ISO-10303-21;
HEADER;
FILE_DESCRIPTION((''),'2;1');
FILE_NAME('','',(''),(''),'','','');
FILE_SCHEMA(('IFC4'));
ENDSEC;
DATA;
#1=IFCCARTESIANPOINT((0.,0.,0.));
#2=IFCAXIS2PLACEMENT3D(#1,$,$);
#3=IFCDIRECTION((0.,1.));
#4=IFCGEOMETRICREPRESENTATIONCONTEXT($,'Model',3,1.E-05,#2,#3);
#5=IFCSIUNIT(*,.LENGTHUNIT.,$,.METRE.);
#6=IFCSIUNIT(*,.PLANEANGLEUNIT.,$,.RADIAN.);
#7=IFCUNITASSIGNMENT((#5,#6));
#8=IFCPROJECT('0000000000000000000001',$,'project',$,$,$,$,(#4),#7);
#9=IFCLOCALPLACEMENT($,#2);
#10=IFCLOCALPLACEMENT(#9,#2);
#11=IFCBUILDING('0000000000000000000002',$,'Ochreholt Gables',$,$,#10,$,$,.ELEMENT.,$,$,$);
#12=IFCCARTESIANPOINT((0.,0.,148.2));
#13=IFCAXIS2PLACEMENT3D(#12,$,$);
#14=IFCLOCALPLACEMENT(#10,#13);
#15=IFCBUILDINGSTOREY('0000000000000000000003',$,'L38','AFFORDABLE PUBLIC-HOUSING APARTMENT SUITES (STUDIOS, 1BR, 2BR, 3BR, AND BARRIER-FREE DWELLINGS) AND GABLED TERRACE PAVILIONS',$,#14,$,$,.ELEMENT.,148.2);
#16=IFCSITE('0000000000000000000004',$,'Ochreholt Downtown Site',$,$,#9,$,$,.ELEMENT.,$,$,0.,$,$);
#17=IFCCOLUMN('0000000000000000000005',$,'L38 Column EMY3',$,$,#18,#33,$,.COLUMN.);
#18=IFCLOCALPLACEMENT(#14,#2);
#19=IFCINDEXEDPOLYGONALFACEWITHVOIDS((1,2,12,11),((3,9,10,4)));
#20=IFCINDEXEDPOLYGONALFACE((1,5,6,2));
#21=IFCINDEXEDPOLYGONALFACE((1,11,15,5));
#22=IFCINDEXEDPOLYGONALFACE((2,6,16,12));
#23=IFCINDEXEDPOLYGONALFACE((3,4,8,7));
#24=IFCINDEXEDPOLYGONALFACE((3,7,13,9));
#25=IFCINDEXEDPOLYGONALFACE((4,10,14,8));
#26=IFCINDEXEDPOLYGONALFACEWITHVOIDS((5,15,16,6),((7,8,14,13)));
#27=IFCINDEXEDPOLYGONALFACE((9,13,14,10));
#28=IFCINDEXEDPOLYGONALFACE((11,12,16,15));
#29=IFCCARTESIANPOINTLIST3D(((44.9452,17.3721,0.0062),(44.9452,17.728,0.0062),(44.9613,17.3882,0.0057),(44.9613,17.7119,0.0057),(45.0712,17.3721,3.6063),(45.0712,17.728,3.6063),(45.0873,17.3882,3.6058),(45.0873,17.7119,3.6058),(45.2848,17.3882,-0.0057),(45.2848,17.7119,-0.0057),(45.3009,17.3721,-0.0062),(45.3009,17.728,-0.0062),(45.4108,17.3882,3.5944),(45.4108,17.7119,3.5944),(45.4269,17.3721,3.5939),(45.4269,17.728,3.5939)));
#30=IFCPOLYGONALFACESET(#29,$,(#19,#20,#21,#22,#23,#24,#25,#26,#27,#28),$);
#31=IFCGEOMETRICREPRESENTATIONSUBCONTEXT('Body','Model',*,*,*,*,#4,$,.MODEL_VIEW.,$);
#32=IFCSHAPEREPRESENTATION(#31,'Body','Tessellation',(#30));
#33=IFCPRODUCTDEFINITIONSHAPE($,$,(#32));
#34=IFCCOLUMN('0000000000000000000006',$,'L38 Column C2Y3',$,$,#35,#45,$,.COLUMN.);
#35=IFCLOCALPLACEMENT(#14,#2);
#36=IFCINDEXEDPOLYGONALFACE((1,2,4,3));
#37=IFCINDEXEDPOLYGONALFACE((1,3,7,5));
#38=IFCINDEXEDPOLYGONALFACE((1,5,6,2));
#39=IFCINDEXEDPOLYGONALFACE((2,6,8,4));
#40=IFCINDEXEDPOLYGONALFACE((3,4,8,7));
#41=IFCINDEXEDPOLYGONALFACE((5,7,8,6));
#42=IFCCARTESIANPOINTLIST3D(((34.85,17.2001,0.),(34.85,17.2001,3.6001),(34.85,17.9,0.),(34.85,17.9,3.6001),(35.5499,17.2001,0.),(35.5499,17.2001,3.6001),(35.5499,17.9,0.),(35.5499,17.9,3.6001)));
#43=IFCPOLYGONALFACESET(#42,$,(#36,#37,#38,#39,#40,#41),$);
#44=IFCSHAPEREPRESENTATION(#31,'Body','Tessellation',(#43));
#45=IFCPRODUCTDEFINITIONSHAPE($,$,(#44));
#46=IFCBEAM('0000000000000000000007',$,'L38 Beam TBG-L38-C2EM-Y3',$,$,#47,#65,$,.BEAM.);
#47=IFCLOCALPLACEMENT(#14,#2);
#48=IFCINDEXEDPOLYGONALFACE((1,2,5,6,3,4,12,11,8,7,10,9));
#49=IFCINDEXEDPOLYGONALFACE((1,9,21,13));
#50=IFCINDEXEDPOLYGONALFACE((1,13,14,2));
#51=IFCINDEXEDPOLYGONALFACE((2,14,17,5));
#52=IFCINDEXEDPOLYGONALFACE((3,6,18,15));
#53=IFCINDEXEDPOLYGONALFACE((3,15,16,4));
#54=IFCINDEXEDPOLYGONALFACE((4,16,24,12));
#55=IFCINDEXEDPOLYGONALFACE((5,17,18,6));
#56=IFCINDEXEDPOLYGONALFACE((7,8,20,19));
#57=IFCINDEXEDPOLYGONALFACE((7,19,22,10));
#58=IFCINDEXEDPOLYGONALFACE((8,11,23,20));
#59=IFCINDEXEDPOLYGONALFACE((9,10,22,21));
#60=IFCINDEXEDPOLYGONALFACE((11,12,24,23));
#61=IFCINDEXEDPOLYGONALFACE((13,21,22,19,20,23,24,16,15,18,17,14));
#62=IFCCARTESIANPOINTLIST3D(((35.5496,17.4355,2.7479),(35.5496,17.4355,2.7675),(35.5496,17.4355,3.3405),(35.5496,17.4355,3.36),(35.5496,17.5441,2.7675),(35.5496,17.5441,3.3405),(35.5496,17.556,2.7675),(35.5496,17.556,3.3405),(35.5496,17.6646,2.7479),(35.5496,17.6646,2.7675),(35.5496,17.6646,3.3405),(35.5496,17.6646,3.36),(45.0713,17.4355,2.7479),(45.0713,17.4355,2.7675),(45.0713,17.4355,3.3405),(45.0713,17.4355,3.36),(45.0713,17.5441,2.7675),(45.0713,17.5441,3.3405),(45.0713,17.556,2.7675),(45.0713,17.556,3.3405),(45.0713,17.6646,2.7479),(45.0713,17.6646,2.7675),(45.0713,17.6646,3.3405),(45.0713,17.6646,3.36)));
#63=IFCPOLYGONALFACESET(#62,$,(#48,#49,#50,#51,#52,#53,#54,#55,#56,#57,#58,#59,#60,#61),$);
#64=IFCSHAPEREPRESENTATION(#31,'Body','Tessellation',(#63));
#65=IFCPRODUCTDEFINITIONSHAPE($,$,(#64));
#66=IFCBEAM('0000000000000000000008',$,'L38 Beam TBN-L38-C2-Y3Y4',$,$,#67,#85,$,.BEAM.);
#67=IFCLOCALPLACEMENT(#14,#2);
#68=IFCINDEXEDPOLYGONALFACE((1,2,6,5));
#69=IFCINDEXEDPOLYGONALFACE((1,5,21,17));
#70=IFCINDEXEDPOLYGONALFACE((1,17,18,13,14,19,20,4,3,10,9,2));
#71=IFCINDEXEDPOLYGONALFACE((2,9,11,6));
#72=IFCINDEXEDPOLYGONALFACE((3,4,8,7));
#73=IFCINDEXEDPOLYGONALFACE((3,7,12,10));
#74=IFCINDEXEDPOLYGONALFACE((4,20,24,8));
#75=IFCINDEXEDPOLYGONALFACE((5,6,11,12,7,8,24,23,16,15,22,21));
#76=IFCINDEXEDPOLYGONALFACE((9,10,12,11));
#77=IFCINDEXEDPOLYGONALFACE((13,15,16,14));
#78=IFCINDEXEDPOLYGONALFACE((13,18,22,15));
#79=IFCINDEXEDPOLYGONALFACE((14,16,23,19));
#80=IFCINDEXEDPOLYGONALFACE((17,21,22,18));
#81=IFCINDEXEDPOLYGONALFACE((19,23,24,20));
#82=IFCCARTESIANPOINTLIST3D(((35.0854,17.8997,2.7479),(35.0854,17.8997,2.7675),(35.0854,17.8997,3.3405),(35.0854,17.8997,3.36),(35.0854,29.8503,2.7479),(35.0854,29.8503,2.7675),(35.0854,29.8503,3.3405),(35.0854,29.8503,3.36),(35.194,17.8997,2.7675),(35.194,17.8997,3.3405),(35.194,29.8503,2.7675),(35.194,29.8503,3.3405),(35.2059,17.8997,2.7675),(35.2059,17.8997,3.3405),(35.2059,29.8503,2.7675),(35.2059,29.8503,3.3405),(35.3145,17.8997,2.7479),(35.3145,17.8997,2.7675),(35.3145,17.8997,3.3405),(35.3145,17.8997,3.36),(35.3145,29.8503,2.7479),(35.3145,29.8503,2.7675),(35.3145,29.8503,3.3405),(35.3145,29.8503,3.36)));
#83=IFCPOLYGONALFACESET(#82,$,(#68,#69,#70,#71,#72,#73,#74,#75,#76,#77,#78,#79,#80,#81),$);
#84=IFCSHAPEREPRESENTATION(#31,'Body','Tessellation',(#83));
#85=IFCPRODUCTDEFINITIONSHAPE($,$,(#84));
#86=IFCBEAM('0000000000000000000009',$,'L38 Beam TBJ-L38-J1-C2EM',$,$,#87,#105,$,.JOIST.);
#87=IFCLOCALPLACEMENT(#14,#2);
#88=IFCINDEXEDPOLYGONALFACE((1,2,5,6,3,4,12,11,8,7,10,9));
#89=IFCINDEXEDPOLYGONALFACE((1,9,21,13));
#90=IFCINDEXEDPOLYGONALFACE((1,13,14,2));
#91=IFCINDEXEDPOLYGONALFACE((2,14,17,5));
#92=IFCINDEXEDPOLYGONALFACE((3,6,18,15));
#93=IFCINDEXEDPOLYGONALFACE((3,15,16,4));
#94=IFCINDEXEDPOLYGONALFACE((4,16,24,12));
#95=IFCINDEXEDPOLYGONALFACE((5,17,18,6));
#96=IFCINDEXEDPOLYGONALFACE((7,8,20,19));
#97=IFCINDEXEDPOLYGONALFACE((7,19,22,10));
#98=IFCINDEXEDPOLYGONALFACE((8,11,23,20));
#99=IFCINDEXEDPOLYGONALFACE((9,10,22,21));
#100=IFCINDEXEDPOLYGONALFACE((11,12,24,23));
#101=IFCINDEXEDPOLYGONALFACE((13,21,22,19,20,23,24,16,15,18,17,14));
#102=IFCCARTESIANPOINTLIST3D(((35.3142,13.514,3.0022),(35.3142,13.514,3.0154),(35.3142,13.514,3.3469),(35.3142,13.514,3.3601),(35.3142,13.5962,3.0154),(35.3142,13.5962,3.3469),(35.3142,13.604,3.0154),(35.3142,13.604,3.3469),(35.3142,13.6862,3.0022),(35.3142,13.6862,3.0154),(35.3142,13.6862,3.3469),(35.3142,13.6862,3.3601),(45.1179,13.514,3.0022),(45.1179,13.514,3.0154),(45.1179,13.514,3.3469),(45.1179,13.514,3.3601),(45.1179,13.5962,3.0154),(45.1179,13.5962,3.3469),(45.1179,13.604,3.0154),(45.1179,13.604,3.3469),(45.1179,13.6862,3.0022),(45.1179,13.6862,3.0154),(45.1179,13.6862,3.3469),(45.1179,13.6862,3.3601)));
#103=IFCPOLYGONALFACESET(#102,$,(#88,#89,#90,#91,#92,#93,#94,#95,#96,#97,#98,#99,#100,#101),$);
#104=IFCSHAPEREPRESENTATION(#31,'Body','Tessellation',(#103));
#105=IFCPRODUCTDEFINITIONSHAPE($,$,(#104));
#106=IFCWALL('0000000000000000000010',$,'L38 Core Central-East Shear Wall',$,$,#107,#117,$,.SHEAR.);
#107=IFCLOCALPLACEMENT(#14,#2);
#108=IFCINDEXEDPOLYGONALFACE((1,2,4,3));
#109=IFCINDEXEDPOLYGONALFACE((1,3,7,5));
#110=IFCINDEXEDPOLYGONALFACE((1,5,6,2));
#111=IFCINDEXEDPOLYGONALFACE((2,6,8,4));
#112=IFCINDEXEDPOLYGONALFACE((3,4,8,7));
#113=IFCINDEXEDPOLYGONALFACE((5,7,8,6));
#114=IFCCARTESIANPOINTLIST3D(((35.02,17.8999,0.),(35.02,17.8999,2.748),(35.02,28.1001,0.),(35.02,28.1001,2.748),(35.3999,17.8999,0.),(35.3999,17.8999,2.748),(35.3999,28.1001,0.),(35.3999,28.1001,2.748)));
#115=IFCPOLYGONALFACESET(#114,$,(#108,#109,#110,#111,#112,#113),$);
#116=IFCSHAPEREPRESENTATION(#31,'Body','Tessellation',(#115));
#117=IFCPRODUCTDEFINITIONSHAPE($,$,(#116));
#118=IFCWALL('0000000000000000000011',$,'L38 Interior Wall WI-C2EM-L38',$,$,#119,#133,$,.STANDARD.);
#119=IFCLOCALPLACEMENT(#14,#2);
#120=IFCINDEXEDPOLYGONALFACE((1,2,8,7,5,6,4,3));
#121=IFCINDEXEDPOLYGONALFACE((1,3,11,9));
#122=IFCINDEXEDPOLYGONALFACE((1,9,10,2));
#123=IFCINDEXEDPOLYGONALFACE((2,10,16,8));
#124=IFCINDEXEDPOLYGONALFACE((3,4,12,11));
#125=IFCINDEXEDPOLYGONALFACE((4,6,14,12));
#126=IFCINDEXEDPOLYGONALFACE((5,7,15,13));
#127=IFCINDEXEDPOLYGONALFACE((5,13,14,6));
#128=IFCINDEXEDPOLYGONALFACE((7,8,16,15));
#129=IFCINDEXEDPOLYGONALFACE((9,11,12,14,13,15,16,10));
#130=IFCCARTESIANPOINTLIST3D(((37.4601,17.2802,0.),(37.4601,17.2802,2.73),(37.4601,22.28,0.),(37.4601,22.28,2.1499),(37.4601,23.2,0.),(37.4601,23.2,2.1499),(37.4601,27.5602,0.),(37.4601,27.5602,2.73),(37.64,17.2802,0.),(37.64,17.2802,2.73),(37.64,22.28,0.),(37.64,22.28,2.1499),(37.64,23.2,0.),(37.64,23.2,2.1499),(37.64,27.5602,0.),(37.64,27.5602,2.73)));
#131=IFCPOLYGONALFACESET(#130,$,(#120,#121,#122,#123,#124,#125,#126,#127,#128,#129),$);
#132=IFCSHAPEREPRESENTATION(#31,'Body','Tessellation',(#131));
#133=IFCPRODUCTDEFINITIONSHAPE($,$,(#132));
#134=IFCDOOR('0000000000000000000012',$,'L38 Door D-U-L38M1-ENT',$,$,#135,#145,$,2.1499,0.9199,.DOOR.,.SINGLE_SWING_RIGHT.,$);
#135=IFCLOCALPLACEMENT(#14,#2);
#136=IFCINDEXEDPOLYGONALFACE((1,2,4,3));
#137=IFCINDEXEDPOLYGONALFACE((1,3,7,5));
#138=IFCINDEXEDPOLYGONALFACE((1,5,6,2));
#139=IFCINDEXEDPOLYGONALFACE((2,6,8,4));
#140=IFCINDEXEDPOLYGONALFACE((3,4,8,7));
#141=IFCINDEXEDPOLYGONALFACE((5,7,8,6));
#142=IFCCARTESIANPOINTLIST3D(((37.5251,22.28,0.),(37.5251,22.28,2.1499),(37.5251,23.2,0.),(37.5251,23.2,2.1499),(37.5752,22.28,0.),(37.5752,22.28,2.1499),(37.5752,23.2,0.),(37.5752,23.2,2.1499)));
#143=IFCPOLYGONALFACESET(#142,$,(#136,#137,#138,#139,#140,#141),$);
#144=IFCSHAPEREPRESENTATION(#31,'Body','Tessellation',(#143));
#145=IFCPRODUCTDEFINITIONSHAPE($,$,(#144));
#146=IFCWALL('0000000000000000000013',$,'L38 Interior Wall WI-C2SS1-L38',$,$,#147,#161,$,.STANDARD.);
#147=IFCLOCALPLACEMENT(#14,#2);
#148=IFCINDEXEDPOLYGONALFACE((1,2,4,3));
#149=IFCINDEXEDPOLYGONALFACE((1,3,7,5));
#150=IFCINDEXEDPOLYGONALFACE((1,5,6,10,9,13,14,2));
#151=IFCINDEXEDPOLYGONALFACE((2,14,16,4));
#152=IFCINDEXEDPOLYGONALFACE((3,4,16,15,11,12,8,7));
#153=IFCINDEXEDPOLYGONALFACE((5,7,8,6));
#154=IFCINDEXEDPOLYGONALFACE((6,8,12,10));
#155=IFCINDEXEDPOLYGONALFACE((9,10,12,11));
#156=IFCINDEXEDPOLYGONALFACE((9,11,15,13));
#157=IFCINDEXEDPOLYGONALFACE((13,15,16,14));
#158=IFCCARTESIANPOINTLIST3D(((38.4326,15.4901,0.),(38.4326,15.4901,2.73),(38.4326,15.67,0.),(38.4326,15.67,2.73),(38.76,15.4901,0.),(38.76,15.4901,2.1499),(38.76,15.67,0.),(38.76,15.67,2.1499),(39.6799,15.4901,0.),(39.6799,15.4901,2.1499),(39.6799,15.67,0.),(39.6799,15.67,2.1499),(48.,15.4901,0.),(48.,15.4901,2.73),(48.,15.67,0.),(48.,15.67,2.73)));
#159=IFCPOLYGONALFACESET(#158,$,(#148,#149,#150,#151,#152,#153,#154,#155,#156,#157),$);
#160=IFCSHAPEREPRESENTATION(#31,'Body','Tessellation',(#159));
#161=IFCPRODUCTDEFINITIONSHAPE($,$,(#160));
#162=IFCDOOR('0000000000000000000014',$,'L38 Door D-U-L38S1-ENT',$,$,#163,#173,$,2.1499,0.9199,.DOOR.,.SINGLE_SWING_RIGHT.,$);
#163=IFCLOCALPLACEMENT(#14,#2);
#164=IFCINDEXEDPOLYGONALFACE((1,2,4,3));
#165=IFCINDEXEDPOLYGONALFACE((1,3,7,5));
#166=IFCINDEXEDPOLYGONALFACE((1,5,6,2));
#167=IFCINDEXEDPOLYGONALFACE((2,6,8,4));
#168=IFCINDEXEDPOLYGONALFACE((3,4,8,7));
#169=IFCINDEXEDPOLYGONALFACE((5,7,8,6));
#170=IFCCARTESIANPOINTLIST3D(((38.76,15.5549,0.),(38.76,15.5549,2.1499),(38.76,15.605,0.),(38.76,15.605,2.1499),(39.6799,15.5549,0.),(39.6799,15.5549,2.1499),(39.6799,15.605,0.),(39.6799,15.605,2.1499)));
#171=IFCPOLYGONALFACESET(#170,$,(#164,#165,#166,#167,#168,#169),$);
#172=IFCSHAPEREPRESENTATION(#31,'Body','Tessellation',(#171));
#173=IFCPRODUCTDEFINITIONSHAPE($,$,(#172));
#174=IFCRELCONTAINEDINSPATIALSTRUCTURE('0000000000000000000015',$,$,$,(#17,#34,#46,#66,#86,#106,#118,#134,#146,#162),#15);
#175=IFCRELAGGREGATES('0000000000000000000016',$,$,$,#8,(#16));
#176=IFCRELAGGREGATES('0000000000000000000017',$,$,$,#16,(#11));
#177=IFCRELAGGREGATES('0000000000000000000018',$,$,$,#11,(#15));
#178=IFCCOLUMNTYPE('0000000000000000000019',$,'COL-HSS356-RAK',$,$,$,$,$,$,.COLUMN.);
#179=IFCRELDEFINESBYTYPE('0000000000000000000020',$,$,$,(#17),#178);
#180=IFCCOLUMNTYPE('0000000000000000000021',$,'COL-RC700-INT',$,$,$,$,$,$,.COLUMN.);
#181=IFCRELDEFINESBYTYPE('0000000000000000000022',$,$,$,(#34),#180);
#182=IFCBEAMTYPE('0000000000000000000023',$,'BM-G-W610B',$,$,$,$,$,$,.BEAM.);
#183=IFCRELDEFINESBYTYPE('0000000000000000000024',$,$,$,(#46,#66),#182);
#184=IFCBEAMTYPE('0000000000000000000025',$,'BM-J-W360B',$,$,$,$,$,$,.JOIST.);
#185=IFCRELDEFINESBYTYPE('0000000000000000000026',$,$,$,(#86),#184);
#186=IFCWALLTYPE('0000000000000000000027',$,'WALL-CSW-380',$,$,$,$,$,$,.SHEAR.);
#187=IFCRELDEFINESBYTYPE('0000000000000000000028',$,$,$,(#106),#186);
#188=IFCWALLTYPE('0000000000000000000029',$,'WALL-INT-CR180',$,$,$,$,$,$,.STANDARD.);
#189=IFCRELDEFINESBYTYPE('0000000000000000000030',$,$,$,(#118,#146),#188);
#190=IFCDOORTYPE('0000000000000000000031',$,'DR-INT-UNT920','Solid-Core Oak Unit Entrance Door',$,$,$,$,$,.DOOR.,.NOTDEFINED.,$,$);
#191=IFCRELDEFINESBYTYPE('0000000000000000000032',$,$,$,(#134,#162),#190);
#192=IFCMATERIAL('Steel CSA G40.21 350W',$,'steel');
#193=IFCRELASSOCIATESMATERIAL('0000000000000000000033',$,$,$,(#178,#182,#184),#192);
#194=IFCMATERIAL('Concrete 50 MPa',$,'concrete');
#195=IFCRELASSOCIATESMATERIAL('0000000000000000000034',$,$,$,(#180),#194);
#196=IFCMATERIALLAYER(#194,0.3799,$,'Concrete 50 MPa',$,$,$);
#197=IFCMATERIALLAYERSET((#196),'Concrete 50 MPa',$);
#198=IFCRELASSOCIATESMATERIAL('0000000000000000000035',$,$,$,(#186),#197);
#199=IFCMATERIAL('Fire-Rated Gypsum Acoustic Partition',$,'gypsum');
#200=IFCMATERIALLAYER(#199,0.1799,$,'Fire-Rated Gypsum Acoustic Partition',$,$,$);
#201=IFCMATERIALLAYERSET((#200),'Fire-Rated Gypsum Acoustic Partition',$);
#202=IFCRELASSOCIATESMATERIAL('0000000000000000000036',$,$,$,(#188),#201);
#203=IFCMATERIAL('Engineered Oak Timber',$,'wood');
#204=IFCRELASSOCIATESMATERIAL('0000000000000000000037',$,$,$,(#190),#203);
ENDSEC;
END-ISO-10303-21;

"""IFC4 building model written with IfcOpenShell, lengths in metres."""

from ifc_helpers import new_model, si_unit, direction, frame, frame_2d, origin, origin_2d, place, context, subcontext, project, spatial, rectangle, hollow_rectangle, i_section, extrude, material, layer, layer_set, material_profile, profile_set, type_object, element, fill, save


model = new_model("IFC4")

# Units and contexts
model_context = context("Model", 3, precision=1e-05, world=origin(), true_north=direction((0.0, 1.0)))
body_context = subcontext(model_context, "Body", "Model", "MODEL_VIEW")
ifc_project = project(units=[si_unit("LENGTHUNIT", "METRE"), si_unit("PLANEANGLEUNIT", "RADIAN")], contexts=[model_context])

# Site, building, storey
site_placement = place(None, origin())
site = spatial("IfcSite", under=ifc_project, at=site_placement, Name="Ochreholt Downtown Site", CompositionType="ELEMENT", RefElevation=0.0)
building_placement = place(site_placement, origin())
building = spatial("IfcBuilding", under=site, at=building_placement, Name="Ochreholt Gables", CompositionType="ELEMENT")
storey_placement = place(building_placement, frame((0.0, 0.0, 148.2)))
storey = spatial("IfcBuildingStorey", under=building, at=storey_placement, Name="L38", Description="AFFORDABLE PUBLIC-HOUSING APARTMENT SUITES (STUDIOS, 1BR, 2BR, 3BR, AND BARRIER-FREE DWELLINGS) AND GABLED TERRACE PAVILIONS", CompositionType="ELEMENT", Elevation=148.2)

# Columns
ifc_material_1 = material(Name="Steel CSA G40.21 350W", Category="steel")
ifc_material_profile_1 = material_profile(ifc_material_1, hollow_rectangle(XDim=0.356, YDim=0.356, WallThickness=0.0161, at=origin_2d()), Name="HSS356X356X16")
ifc_profile_set_1 = profile_set([ifc_material_profile_1], Name="Steel CSA G40.21 350W")
column_type_1 = type_object("IfcColumnType", Name="COL-HSS356-RAK", PredefinedType="COLUMN", material=ifc_profile_set_1)
column_1_placement = place(storey_placement, frame((45.123, 17.55, 0.0), z_axis=(0.034971, 0.0, 0.999388), x_axis=(0.0, 1.0, 0.0)))
element("IfcColumn", 1, at=column_1_placement, inside=storey, type_object=column_type_1, Name="L38 Column EMY3", PredefinedType="COLUMN", context=body_context, shape_type="SweptSolid", body=[
    extrude(hollow_rectangle(XDim=0.356, YDim=0.356, WallThickness=0.0161, at=origin_2d()), origin(), (0.0, 0.0, 1.0), 3.6023),
])
ifc_material_2 = material(Name="Concrete 50 MPa", Category="concrete")
ifc_material_profile_2 = material_profile(ifc_material_2, rectangle(XDim=0.7, YDim=0.7, at=origin_2d()), Name="RC700X700")
ifc_profile_set_2 = profile_set([ifc_material_profile_2], Name="Concrete 50 MPa")
column_type_2 = type_object("IfcColumnType", Name="COL-RC700-INT", PredefinedType="COLUMN", material=ifc_profile_set_2)
column_2_placement = place(storey_placement, frame((35.2, 17.55, 0.0), z_axis=(0.0, 0.0, 1.0), x_axis=(1.0, 0.0, 0.0)))
element("IfcColumn", 2, at=column_2_placement, inside=storey, type_object=column_type_2, Name="L38 Column C2Y3", PredefinedType="COLUMN", context=body_context, shape_type="SweptSolid", body=[
    extrude(rectangle(XDim=0.7, YDim=0.7, at=origin_2d()), origin(), (0.0, 0.0, 1.0), 3.6001),
])

# Beams
ifc_material_profile_3 = material_profile(ifc_material_1, i_section(OverallWidth=0.229, OverallDepth=0.6121, WebThickness=0.012, FlangeThickness=0.0195, at=origin_2d()), Name="W610X125")
ifc_profile_set_3 = profile_set([ifc_material_profile_3], Name="Steel CSA G40.21 350W")
beam_type_1 = type_object("IfcBeamType", Name="BM-G-W610B", PredefinedType="BEAM", material=ifc_profile_set_3)
beam_1_placement = place(storey_placement, frame((35.5496, 17.55, 3.054), z_axis=(1.0, 0.0, 0.0), x_axis=(0.0, 1.0, 0.0)))
element("IfcBeam", 3, at=beam_1_placement, inside=storey, type_object=beam_type_1, Name="L38 Beam TBG-L38-C2EM-Y3", PredefinedType="BEAM", context=body_context, shape_type="SweptSolid", body=[
    extrude(i_section(OverallWidth=0.229, OverallDepth=0.6121, WebThickness=0.012, FlangeThickness=0.0195, at=origin_2d()), origin(), (0.0, 0.0, 1.0), 9.5217),
])
beam_2_placement = place(storey_placement, frame((35.2, 17.8997, 3.054), z_axis=(0.0, 1.0, 0.0), x_axis=(-1.0, 0.0, 0.0)))
element("IfcBeam", 4, at=beam_2_placement, inside=storey, type_object=beam_type_1, Name="L38 Beam TBN-L38-C2-Y3Y4", PredefinedType="BEAM", context=body_context, shape_type="SweptSolid", body=[
    extrude(i_section(OverallWidth=0.229, OverallDepth=0.6121, WebThickness=0.012, FlangeThickness=0.0195, at=origin_2d()), origin(), (0.0, 0.0, 1.0), 11.9507),
])
ifc_material_profile_4 = material_profile(ifc_material_1, i_section(OverallWidth=0.1721, OverallDepth=0.3579, WebThickness=0.0078, FlangeThickness=0.0132, at=origin_2d()), Name="W360X57")
ifc_profile_set_4 = profile_set([ifc_material_profile_4], Name="Steel CSA G40.21 350W")
beam_type_2 = type_object("IfcBeamType", Name="BM-J-W360B", PredefinedType="JOIST", material=ifc_profile_set_4)
beam_3_placement = place(storey_placement, frame((35.3142, 13.6001, 3.1812), z_axis=(1.0, 0.0, 0.0), x_axis=(0.0, 1.0, 0.0)))
element("IfcBeam", 5, at=beam_3_placement, inside=storey, type_object=beam_type_2, Name="L38 Beam TBJ-L38-J1-C2EM", PredefinedType="JOIST", context=body_context, shape_type="SweptSolid", body=[
    extrude(i_section(OverallWidth=0.1721, OverallDepth=0.3579, WebThickness=0.0078, FlangeThickness=0.0132, at=origin_2d()), origin(), (0.0, 0.0, 1.0), 9.8037),
])

# Wall
ifc_layer_1 = layer(ifc_material_2, 0.3799, Name="Concrete 50 MPa")
ifc_layer_set_1 = layer_set([ifc_layer_1], Name="Concrete 50 MPa")
wall_type_1 = type_object("IfcWallType", Name="WALL-CSW-380", PredefinedType="SHEAR", material=ifc_layer_set_1)
wall_1_placement = place(storey_placement, frame((35.21, 17.8999, 0.0), z_axis=(0.0, 0.0, 1.0), x_axis=(0.0, 1.0, 0.0)))
element("IfcWall", 6, at=wall_1_placement, inside=storey, type_object=wall_type_1, Name="L38 Core Central-East Shear Wall", PredefinedType="SHEAR", context=body_context, shape_type="SweptSolid", body=[
    extrude(rectangle(XDim=10.2002, YDim=0.3799, at=frame_2d((5.1001, 0.0))), origin(), (0.0, 0.0, 1.0), 2.748),
])

# Walls, openings, doors
ifc_material_3 = material(Name="Fire-Rated Gypsum Acoustic Partition", Category="gypsum")
ifc_layer_2 = layer(ifc_material_3, 0.1799, Name="Fire-Rated Gypsum Acoustic Partition")
ifc_layer_set_2 = layer_set([ifc_layer_2], Name="Fire-Rated Gypsum Acoustic Partition")
wall_type_2 = type_object("IfcWallType", Name="WALL-INT-CR180", PredefinedType="STANDARD", material=ifc_layer_set_2)
wall_2_placement = place(storey_placement, frame((37.55, 17.28, 0.0), z_axis=(0.0, 0.0, 1.0), x_axis=(0.0, 1.0, 0.0)))
wall_2 = element("IfcWall", 7, at=wall_2_placement, inside=storey, type_object=wall_type_2, Name="L38 Interior Wall WI-C2EM-L38", PredefinedType="STANDARD", context=body_context, shape_type="SweptSolid", body=[
    extrude(rectangle(XDim=10.28, YDim=0.1799, at=frame_2d((5.1401, 0.0))), origin(), (0.0, 0.0, 1.0), 2.73),
])
opening_1_placement = place(wall_2_placement, frame((5.0, 0.0, 0.0)))
opening_1 = element("IfcOpeningElement", 8, at=opening_1_placement, cuts=wall_2, PredefinedType="OPENING", context=body_context, shape_type="SweptSolid", body=[
    extrude(rectangle(XDim=0.9199, YDim=2.1499, at=frame_2d((0.46, 1.075))), frame((0.0, 0.0999, 0.0), z_axis=(0.0, -1.0, 0.0), x_axis=(1.0, 0.0, 0.0)), (0.0, 0.0, 1.0), 0.2),
])
ifc_material_4 = material(Name="Engineered Oak Timber", Category="wood")
door_type_1 = type_object("IfcDoorType", Name="DR-INT-UNT920", Description="Solid-Core Oak Unit Entrance Door", OperationType="NOTDEFINED", PredefinedType="DOOR", material=ifc_material_4)
door_1_placement = place(opening_1_placement, origin())
door_1 = element("IfcDoor", 9, at=door_1_placement, inside=storey, type_object=door_type_1, Name="L38 Door D-U-L38M1-ENT", OperationType="SINGLE_SWING_RIGHT", OverallHeight=2.1499, OverallWidth=0.9199, PredefinedType="DOOR", context=body_context, shape_type="SweptSolid", body=[
    extrude(rectangle(XDim=0.9199, YDim=2.1499, at=frame_2d((0.46, 1.075))), frame((0.0, 0.0249, 0.0), z_axis=(0.0, -1.0, 0.0), x_axis=(1.0, 0.0, 0.0)), (0.0, 0.0, 1.0), 0.05),
])
fill(opening_1, door_1)
wall_3_placement = place(storey_placement, frame((38.4326, 15.5801, 0.0), z_axis=(0.0, 0.0, 1.0), x_axis=(1.0, 0.0, 0.0)))
wall_3 = element("IfcWall", 10, at=wall_3_placement, inside=storey, type_object=wall_type_2, Name="L38 Interior Wall WI-C2SS1-L38", PredefinedType="STANDARD", context=body_context, shape_type="SweptSolid", body=[
    extrude(rectangle(XDim=9.5674, YDim=0.1799, at=frame_2d((4.7837, 0.0))), origin(), (0.0, 0.0, 1.0), 2.73),
])
opening_2_placement = place(wall_3_placement, frame((0.3274, 0.0, 0.0)))
opening_2 = element("IfcOpeningElement", 11, at=opening_2_placement, cuts=wall_3, PredefinedType="OPENING", context=body_context, shape_type="SweptSolid", body=[
    extrude(rectangle(XDim=0.9199, YDim=2.1499, at=frame_2d((0.46, 1.075))), frame((0.0, 0.0999, 0.0), z_axis=(0.0, -1.0, 0.0), x_axis=(1.0, 0.0, 0.0)), (0.0, 0.0, 1.0), 0.2),
])
door_2_placement = place(opening_2_placement, origin())
door_2 = element("IfcDoor", 12, at=door_2_placement, inside=storey, type_object=door_type_1, Name="L38 Door D-U-L38S1-ENT", OperationType="SINGLE_SWING_RIGHT", OverallHeight=2.1499, OverallWidth=0.9199, PredefinedType="DOOR", context=body_context, shape_type="SweptSolid", body=[
    extrude(rectangle(XDim=0.9199, YDim=2.1499, at=frame_2d((0.46, 1.075))), frame((0.0, 0.0249, 0.0), z_axis=(0.0, -1.0, 0.0), x_axis=(1.0, 0.0, 0.0)), (0.0, 0.0, 1.0), 0.05),
])
fill(opening_2, door_2)

save(model, "model.ifc")
